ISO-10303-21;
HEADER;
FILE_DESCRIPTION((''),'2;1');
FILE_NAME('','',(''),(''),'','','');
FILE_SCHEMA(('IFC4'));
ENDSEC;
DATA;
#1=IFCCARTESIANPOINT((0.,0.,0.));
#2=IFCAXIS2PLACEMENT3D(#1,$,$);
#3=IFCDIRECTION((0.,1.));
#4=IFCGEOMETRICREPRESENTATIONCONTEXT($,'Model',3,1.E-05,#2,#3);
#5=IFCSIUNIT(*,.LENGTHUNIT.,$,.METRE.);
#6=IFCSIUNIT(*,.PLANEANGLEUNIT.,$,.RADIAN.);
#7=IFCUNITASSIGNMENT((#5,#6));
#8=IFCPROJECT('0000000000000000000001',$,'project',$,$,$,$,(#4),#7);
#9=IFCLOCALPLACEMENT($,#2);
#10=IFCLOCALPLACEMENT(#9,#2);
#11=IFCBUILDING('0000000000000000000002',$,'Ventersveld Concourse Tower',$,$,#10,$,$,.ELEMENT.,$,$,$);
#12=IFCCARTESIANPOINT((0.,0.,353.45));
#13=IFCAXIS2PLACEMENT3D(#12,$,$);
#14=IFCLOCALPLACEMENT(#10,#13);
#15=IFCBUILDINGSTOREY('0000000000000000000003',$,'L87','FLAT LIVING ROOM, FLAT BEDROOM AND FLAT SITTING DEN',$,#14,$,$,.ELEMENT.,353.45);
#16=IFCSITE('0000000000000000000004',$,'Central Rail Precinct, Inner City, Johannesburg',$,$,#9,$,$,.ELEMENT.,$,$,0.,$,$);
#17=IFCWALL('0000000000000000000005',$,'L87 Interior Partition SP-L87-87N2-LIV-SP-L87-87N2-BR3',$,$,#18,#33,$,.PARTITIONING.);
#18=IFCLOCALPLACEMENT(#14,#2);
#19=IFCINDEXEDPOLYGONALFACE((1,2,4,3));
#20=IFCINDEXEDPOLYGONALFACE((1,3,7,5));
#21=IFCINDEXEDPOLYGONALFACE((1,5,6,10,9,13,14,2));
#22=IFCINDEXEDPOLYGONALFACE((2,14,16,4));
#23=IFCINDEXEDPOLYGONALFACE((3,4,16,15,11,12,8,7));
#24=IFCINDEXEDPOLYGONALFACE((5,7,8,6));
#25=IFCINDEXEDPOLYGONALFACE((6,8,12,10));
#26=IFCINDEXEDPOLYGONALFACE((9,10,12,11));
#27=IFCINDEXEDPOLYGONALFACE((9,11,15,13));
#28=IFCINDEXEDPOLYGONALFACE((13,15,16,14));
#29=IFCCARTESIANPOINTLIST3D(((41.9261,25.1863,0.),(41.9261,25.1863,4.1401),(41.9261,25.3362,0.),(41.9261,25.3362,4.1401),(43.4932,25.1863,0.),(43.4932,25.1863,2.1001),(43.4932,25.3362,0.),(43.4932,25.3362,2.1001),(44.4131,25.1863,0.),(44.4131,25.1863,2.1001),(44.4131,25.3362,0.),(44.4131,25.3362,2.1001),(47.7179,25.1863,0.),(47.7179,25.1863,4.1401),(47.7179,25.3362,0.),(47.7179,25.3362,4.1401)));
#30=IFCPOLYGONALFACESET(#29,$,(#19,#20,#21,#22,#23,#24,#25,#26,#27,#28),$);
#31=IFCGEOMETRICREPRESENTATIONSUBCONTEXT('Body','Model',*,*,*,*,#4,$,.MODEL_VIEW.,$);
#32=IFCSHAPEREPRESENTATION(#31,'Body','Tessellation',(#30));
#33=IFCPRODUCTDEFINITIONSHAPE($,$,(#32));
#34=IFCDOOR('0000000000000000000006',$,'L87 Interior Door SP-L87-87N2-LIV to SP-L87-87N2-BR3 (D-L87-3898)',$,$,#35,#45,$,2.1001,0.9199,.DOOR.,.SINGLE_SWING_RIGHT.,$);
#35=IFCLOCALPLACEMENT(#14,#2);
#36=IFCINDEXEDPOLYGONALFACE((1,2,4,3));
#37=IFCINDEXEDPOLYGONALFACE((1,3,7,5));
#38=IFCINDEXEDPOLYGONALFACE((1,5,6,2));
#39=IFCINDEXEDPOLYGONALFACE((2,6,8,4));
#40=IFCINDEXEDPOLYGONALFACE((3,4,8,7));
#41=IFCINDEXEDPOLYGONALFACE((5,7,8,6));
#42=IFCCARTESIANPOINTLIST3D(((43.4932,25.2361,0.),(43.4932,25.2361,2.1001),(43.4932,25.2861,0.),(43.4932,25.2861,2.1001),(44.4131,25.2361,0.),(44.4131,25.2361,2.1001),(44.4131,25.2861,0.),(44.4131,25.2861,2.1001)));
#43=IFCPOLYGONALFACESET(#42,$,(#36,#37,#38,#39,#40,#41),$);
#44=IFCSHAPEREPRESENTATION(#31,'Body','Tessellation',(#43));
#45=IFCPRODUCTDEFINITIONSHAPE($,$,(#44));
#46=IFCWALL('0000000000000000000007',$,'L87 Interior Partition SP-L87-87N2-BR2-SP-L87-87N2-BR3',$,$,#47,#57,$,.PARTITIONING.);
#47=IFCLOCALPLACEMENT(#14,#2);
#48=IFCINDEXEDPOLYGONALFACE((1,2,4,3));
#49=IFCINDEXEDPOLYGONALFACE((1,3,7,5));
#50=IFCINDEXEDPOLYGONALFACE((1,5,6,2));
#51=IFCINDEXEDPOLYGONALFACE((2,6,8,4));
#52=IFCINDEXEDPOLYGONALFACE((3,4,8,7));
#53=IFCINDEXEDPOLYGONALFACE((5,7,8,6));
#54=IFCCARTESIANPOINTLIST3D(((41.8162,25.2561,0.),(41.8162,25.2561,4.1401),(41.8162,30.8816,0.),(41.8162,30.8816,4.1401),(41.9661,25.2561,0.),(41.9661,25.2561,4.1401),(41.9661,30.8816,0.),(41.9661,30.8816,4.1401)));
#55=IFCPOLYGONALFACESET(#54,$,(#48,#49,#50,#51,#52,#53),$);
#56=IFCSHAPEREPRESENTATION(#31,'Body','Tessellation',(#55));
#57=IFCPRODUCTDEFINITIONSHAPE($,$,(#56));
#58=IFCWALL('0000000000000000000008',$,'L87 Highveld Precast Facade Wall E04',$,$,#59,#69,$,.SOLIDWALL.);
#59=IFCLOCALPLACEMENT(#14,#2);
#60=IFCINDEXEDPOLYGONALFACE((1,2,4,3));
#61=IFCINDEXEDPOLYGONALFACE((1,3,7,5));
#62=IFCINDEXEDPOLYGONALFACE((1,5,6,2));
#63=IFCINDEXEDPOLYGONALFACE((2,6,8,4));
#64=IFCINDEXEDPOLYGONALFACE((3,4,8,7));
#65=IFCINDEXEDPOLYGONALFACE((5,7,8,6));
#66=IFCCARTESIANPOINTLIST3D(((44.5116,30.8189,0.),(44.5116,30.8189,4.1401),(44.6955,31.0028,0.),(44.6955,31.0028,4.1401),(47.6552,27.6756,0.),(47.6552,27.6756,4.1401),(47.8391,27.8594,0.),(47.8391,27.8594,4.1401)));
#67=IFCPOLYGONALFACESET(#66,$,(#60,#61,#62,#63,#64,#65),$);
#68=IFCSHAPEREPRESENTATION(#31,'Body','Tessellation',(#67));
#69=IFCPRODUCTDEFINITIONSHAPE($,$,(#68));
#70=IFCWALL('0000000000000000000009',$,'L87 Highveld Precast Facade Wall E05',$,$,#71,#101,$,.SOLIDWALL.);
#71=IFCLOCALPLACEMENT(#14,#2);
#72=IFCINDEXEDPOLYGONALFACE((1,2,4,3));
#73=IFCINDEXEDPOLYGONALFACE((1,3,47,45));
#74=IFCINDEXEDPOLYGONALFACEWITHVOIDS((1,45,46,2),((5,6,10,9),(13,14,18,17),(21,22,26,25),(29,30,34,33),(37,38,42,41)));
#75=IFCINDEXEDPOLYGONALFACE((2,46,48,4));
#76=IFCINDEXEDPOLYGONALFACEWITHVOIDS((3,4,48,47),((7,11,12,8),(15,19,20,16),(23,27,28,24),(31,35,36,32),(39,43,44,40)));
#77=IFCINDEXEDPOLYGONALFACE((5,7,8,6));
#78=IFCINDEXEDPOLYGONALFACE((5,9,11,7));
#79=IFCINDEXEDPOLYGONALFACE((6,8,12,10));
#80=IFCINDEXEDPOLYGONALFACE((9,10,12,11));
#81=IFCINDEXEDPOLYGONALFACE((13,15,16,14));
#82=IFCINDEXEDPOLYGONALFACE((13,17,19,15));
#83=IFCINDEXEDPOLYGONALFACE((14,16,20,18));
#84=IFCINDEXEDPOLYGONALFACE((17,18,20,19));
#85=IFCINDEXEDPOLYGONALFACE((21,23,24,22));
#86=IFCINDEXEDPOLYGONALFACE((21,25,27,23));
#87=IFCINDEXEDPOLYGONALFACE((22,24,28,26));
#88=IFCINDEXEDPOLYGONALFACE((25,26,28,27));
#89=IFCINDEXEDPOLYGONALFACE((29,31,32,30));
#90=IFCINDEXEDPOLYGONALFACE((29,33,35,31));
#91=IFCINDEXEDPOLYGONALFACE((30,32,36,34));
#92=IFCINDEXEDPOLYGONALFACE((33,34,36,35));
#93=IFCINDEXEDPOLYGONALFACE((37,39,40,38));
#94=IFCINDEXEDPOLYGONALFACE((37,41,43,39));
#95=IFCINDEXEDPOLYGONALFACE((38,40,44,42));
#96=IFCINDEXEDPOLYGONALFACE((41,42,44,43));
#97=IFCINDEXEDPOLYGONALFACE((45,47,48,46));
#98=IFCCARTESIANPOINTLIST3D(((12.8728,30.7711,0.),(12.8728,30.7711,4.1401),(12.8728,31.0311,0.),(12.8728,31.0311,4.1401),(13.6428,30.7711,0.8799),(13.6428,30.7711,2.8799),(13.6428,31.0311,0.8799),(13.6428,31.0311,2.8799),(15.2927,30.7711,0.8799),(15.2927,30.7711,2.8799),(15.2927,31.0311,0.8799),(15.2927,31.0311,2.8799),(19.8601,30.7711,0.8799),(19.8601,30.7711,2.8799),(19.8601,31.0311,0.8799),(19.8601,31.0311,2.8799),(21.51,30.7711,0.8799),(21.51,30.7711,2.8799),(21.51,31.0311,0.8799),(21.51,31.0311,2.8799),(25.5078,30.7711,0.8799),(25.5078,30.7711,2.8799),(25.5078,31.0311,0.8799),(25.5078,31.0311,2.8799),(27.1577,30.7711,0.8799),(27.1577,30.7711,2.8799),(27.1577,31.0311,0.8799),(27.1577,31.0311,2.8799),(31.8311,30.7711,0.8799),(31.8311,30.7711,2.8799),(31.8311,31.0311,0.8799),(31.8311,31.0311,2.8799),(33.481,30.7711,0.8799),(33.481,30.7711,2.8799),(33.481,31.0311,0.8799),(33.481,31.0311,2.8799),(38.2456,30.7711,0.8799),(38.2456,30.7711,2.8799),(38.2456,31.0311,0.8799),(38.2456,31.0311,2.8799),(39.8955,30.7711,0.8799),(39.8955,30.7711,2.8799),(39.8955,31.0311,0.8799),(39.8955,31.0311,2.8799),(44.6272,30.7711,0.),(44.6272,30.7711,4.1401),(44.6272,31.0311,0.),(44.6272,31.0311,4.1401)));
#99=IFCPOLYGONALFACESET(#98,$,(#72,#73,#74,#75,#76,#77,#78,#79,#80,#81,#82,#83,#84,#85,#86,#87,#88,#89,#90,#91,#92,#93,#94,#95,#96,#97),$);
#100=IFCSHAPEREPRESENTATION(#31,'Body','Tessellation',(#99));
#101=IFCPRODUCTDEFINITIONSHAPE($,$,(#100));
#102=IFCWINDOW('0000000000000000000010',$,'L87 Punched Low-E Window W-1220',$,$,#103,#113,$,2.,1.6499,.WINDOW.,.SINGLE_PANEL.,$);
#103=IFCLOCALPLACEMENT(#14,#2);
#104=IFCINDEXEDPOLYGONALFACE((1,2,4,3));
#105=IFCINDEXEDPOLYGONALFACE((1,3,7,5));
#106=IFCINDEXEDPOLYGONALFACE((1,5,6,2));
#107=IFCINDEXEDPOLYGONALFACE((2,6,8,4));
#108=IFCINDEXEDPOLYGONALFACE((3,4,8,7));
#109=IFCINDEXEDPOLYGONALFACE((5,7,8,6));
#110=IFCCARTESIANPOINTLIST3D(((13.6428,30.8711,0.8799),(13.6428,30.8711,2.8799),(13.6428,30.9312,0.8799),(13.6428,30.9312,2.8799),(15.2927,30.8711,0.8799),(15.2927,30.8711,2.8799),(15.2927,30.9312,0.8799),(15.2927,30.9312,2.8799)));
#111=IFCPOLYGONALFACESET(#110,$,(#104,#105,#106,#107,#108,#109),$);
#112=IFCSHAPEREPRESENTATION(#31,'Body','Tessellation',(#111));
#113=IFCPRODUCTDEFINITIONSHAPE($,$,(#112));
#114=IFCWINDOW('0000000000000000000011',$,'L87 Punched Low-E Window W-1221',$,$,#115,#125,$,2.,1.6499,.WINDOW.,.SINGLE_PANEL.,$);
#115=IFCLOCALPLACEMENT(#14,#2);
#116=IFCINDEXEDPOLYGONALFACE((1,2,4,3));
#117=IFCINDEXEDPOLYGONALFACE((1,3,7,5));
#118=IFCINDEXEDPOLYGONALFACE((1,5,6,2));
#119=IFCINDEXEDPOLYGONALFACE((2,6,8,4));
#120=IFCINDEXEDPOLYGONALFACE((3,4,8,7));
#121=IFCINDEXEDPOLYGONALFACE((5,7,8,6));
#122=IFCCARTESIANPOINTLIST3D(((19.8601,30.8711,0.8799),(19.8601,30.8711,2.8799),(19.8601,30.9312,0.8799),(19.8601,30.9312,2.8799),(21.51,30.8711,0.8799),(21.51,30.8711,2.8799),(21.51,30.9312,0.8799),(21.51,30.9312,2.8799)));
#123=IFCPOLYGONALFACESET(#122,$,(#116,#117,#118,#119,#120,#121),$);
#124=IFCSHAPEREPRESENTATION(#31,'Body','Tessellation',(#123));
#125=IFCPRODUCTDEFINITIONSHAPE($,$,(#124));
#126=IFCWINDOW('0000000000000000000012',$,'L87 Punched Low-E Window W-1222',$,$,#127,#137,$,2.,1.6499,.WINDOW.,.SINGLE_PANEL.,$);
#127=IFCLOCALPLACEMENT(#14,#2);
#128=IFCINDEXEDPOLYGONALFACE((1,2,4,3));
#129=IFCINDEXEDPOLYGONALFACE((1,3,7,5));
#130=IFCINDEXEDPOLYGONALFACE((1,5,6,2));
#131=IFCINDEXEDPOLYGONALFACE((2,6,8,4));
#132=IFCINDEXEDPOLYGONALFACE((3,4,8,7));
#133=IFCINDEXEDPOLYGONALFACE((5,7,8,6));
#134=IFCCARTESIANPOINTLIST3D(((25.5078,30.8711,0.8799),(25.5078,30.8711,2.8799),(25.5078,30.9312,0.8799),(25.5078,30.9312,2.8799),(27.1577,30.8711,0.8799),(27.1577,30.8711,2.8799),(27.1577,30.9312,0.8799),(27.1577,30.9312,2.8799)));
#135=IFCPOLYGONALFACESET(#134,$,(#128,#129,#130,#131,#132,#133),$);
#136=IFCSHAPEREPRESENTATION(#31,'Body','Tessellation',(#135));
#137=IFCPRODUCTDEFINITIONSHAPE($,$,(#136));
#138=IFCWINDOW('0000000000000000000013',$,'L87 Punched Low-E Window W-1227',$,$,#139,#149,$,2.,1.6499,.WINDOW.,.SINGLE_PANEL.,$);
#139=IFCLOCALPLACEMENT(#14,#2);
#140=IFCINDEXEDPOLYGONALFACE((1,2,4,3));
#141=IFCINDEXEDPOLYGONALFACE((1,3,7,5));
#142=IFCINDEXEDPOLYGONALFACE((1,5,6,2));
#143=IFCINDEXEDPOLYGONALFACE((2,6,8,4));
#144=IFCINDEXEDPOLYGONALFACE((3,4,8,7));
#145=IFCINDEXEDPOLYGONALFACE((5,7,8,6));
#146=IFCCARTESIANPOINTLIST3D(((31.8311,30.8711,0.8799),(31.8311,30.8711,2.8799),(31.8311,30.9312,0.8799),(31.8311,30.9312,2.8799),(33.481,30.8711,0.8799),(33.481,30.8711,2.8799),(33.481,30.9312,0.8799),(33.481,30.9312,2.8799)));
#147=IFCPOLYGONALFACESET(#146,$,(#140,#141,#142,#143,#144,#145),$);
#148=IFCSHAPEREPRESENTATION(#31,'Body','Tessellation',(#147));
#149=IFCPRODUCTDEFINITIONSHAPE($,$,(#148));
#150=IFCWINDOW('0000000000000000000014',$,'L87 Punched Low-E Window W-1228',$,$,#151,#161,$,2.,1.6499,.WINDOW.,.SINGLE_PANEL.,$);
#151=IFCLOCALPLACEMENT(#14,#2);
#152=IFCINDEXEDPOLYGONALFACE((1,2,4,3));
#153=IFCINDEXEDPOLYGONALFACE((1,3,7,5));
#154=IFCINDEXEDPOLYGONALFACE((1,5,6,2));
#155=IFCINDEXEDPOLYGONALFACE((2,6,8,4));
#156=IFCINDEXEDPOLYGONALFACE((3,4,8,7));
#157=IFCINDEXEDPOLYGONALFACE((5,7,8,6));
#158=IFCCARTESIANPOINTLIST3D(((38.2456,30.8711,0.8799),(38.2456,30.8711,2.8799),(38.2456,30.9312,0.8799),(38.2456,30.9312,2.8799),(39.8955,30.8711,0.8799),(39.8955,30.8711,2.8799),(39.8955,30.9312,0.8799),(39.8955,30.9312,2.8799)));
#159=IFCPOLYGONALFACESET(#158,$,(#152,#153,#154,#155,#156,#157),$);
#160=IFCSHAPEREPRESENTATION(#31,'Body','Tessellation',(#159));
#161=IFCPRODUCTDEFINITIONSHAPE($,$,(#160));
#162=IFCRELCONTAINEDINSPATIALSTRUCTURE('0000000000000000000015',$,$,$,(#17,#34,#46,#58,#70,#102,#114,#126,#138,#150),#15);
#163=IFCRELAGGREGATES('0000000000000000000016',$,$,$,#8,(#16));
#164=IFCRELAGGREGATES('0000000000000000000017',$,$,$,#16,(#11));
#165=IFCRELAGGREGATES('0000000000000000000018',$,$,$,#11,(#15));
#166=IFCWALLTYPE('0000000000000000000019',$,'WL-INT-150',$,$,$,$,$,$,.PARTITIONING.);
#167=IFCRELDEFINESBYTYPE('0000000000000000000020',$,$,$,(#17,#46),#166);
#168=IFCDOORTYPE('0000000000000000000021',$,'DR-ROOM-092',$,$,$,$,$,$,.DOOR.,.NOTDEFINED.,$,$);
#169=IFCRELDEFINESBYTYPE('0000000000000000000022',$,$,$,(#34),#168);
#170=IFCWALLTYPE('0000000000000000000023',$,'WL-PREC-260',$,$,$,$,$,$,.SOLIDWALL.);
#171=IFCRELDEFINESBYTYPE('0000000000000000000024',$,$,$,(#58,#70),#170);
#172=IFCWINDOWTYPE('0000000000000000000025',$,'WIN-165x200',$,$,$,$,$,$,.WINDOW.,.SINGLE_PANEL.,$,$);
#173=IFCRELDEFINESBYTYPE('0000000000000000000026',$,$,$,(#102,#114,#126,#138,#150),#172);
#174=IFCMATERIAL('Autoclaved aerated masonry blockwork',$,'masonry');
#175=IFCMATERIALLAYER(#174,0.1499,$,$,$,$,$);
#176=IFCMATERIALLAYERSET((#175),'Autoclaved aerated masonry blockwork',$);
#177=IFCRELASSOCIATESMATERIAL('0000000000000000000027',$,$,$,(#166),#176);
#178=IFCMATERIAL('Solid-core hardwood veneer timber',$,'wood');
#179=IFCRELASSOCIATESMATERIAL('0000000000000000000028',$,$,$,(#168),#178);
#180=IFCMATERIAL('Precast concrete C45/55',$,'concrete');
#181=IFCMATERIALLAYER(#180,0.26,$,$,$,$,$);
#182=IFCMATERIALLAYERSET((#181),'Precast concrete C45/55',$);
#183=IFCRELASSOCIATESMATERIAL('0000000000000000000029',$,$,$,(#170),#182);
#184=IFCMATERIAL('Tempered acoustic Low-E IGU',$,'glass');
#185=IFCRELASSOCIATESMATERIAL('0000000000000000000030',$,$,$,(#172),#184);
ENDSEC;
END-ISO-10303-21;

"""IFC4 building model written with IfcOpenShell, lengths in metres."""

from ifc_helpers import new_model, si_unit, direction, frame, frame_2d, origin, place, context, subcontext, project, spatial, rectangle, extrude, material, layer, layer_set, type_object, element, fill, save


model = new_model("IFC4")

# Units and contexts
model_context = context("Model", 3, precision=1e-05, world=origin(), true_north=direction((0.0, 1.0)))
body_context = subcontext(model_context, "Body", "Model", "MODEL_VIEW")
ifc_project = project(units=[si_unit("LENGTHUNIT", "METRE"), si_unit("PLANEANGLEUNIT", "RADIAN")], contexts=[model_context])

# Site, building, storey
site_placement = place(None, origin())
site = spatial("IfcSite", under=ifc_project, at=site_placement, Name="Central Rail Precinct, Inner City, Johannesburg", CompositionType="ELEMENT", RefElevation=0.0)
building_placement = place(site_placement, origin())
building = spatial("IfcBuilding", under=site, at=building_placement, Name="Ventersveld Concourse Tower", CompositionType="ELEMENT")
storey_placement = place(building_placement, frame((0.0, 0.0, 353.45)))
storey = spatial("IfcBuildingStorey", under=building, at=storey_placement, Name="L87", Description="FLAT LIVING ROOM, FLAT BEDROOM AND FLAT SITTING DEN", CompositionType="ELEMENT", Elevation=353.45)

# Wall, opening, door
ifc_material_1 = material(Name="Autoclaved aerated masonry blockwork", Category="masonry")
ifc_layer_1 = layer(ifc_material_1, 0.1499)
ifc_layer_set_1 = layer_set([ifc_layer_1], Name="Autoclaved aerated masonry blockwork")
wall_type_1 = type_object("IfcWallType", Name="WL-INT-150", PredefinedType="PARTITIONING", material=ifc_layer_set_1)
ifc_material_2 = material(Name="Solid-core hardwood veneer timber", Category="wood")
door_type = type_object("IfcDoorType", Name="DR-ROOM-092", OperationType="NOTDEFINED", PredefinedType="DOOR", material=ifc_material_2)
wall_1_placement = place(storey_placement, frame((41.926, 25.2612, 0.0), z_axis=(0.0, 0.0, 1.0), x_axis=(1.0, 0.0, 0.0)))
wall_1 = element("IfcWall", 1, at=wall_1_placement, inside=storey, type_object=wall_type_1, Name="L87 Interior Partition SP-L87-87N2-LIV-SP-L87-87N2-BR3", PredefinedType="PARTITIONING", context=body_context, shape_type="SweptSolid", body=[
    extrude(rectangle(XDim=5.7917, YDim=0.1499, at=frame_2d((2.896, 0.0))), origin(), (0.0, 0.0, 1.0), 4.1401),
])
opening_1_placement = place(wall_1_placement, frame((1.5671, 0.0, 0.0)))
opening_1 = element("IfcOpeningElement", 2, at=opening_1_placement, cuts=wall_1, PredefinedType="OPENING", context=body_context, shape_type="SweptSolid", body=[
    extrude(rectangle(XDim=0.9199, YDim=2.1001, at=frame_2d((0.46, 1.05))), frame((0.0, 0.085, 0.0), z_axis=(0.0, -1.0, 0.0), x_axis=(1.0, 0.0, 0.0)), (0.0, 0.0, 1.0), 0.1699),
])
door_1_placement = place(opening_1_placement, origin())
door_1 = element("IfcDoor", 3, at=door_1_placement, inside=storey, type_object=door_type, Name="L87 Interior Door SP-L87-87N2-LIV to SP-L87-87N2-BR3 (D-L87-3898)", OperationType="SINGLE_SWING_RIGHT", OverallHeight=2.1001, OverallWidth=0.9199, PredefinedType="DOOR", context=body_context, shape_type="SweptSolid", body=[
    extrude(rectangle(XDim=0.9199, YDim=2.1001, at=frame_2d((0.46, 1.05))), frame((0.0, 0.0249, 0.0), z_axis=(0.0, -1.0, 0.0), x_axis=(1.0, 0.0, 0.0)), (0.0, 0.0, 1.0), 0.05),
])
fill(opening_1, door_1)

# Walls
wall_2_placement = place(storey_placement, frame((41.8911, 25.2561, 0.0), z_axis=(0.0, 0.0, 1.0), x_axis=(0.0, 1.0, 0.0)))
element("IfcWall", 4, at=wall_2_placement, inside=storey, type_object=wall_type_1, Name="L87 Interior Partition SP-L87-87N2-BR2-SP-L87-87N2-BR3", PredefinedType="PARTITIONING", context=body_context, shape_type="SweptSolid", body=[
    extrude(rectangle(XDim=5.6255, YDim=0.1499, at=frame_2d((2.8127, 0.0))), origin(), (0.0, 0.0, 1.0), 4.1401),
])
ifc_material_3 = material(Name="Precast concrete C45/55", Category="concrete")
ifc_layer_2 = layer(ifc_material_3, 0.26)
ifc_layer_set_2 = layer_set([ifc_layer_2], Name="Precast concrete C45/55")
wall_type_2 = type_object("IfcWallType", Name="WL-PREC-260", PredefinedType="SOLIDWALL", material=ifc_layer_set_2)
wall_3_placement = place(storey_placement, frame((47.7471, 27.7676, 0.0), z_axis=(0.0, 0.0, 1.0), x_axis=(-0.707134, 0.707079, 0.0)))
element("IfcWall", 5, at=wall_3_placement, inside=storey, type_object=wall_type_2, Name="L87 Highveld Precast Facade Wall E04", PredefinedType="SOLIDWALL", context=body_context, shape_type="SweptSolid", body=[
    extrude(rectangle(XDim=4.4456, YDim=0.26, at=frame_2d((2.2227, 0.0))), origin(), (0.0, 0.0, 1.0), 4.1401),
])

# Wall, openings, windows
wall_4_placement = place(storey_placement, frame((44.6272, 30.9011, 0.0), z_axis=(0.0, 0.0, 1.0), x_axis=(-1.0, 0.0, 0.0)))
wall_4 = element("IfcWall", 6, at=wall_4_placement, inside=storey, type_object=wall_type_2, Name="L87 Highveld Precast Facade Wall E05", PredefinedType="SOLIDWALL", context=body_context, shape_type="SweptSolid", body=[
    extrude(rectangle(XDim=31.7544, YDim=0.26, at=frame_2d((15.8772, 0.0))), origin(), (0.0, 0.0, 1.0), 4.1401),
])
opening_2_placement = place(wall_4_placement, frame((29.3345, 0.0, 0.8799)))
opening_2 = element("IfcOpeningElement", 7, at=opening_2_placement, cuts=wall_4, PredefinedType="OPENING", context=body_context, shape_type="SweptSolid", body=[
    extrude(rectangle(XDim=1.6499, YDim=2.0, at=frame_2d((0.825, 1.0))), frame((0.0, 0.1401, 0.0), z_axis=(0.0, -1.0, 0.0), x_axis=(1.0, 0.0, 0.0)), (0.0, 0.0, 1.0), 0.28),
])
opening_3_placement = place(wall_4_placement, frame((23.1172, 0.0, 0.8799)))
opening_3 = element("IfcOpeningElement", 8, at=opening_3_placement, cuts=wall_4, PredefinedType="OPENING", context=body_context, shape_type="SweptSolid", body=[
    extrude(rectangle(XDim=1.6499, YDim=2.0, at=frame_2d((0.825, 1.0))), frame((0.0, 0.1401, 0.0), z_axis=(0.0, -1.0, 0.0), x_axis=(1.0, 0.0, 0.0)), (0.0, 0.0, 1.0), 0.28),
])
opening_4_placement = place(wall_4_placement, frame((17.4695, 0.0, 0.8799)))
opening_4 = element("IfcOpeningElement", 9, at=opening_4_placement, cuts=wall_4, PredefinedType="OPENING", context=body_context, shape_type="SweptSolid", body=[
    extrude(rectangle(XDim=1.6499, YDim=2.0, at=frame_2d((0.825, 1.0))), frame((0.0, 0.1401, 0.0), z_axis=(0.0, -1.0, 0.0), x_axis=(1.0, 0.0, 0.0)), (0.0, 0.0, 1.0), 0.28),
])
opening_5_placement = place(wall_4_placement, frame((11.1462, 0.0, 0.8799)))
opening_5 = element("IfcOpeningElement", 10, at=opening_5_placement, cuts=wall_4, PredefinedType="OPENING", context=body_context, shape_type="SweptSolid", body=[
    extrude(rectangle(XDim=1.6499, YDim=2.0, at=frame_2d((0.825, 1.0))), frame((0.0, 0.1401, 0.0), z_axis=(0.0, -1.0, 0.0), x_axis=(1.0, 0.0, 0.0)), (0.0, 0.0, 1.0), 0.28),
])
opening_6_placement = place(wall_4_placement, frame((4.7317, 0.0, 0.8799)))
opening_6 = element("IfcOpeningElement", 11, at=opening_6_placement, cuts=wall_4, PredefinedType="OPENING", context=body_context, shape_type="SweptSolid", body=[
    extrude(rectangle(XDim=1.6499, YDim=2.0, at=frame_2d((0.825, 1.0))), frame((0.0, 0.1401, 0.0), z_axis=(0.0, -1.0, 0.0), x_axis=(1.0, 0.0, 0.0)), (0.0, 0.0, 1.0), 0.28),
])
ifc_material_4 = material(Name="Tempered acoustic Low-E IGU", Category="glass")
window_type = type_object("IfcWindowType", Name="WIN-165x200", PartitioningType="SINGLE_PANEL", PredefinedType="WINDOW", material=ifc_material_4)
window_1_placement = place(opening_2_placement, origin())
window_1 = element("IfcWindow", 12, at=window_1_placement, inside=storey, type_object=window_type, Name="L87 Punched Low-E Window W-1220", OverallHeight=2.0, OverallWidth=1.6499, PartitioningType="SINGLE_PANEL", PredefinedType="WINDOW", context=body_context, shape_type="SweptSolid", body=[
    extrude(rectangle(XDim=1.6499, YDim=2.0, at=frame_2d((0.825, 1.0))), frame((0.0, 0.03, 0.0), z_axis=(0.0, -1.0, 0.0), x_axis=(1.0, 0.0, 0.0)), (0.0, 0.0, 1.0), 0.0601),
])
fill(opening_2, window_1)
window_2_placement = place(opening_3_placement, origin())
window_2 = element("IfcWindow", 13, at=window_2_placement, inside=storey, type_object=window_type, Name="L87 Punched Low-E Window W-1221", OverallHeight=2.0, OverallWidth=1.6499, PartitioningType="SINGLE_PANEL", PredefinedType="WINDOW", context=body_context, shape_type="SweptSolid", body=[
    extrude(rectangle(XDim=1.6499, YDim=2.0, at=frame_2d((0.825, 1.0))), frame((0.0, 0.03, 0.0), z_axis=(0.0, -1.0, 0.0), x_axis=(1.0, 0.0, 0.0)), (0.0, 0.0, 1.0), 0.0601),
])
fill(opening_3, window_2)
window_3_placement = place(opening_4_placement, origin())
window_3 = element("IfcWindow", 14, at=window_3_placement, inside=storey, type_object=window_type, Name="L87 Punched Low-E Window W-1222", OverallHeight=2.0, OverallWidth=1.6499, PartitioningType="SINGLE_PANEL", PredefinedType="WINDOW", context=body_context, shape_type="SweptSolid", body=[
    extrude(rectangle(XDim=1.6499, YDim=2.0, at=frame_2d((0.825, 1.0))), frame((0.0, 0.03, 0.0), z_axis=(0.0, -1.0, 0.0), x_axis=(1.0, 0.0, 0.0)), (0.0, 0.0, 1.0), 0.0601),
])
fill(opening_4, window_3)
window_4_placement = place(opening_5_placement, origin())
window_4 = element("IfcWindow", 15, at=window_4_placement, inside=storey, type_object=window_type, Name="L87 Punched Low-E Window W-1227", OverallHeight=2.0, OverallWidth=1.6499, PartitioningType="SINGLE_PANEL", PredefinedType="WINDOW", context=body_context, shape_type="SweptSolid", body=[
    extrude(rectangle(XDim=1.6499, YDim=2.0, at=frame_2d((0.825, 1.0))), frame((0.0, 0.03, 0.0), z_axis=(0.0, -1.0, 0.0), x_axis=(1.0, 0.0, 0.0)), (0.0, 0.0, 1.0), 0.0601),
])
fill(opening_5, window_4)
window_5_placement = place(opening_6_placement, origin())
window_5 = element("IfcWindow", 16, at=window_5_placement, inside=storey, type_object=window_type, Name="L87 Punched Low-E Window W-1228", OverallHeight=2.0, OverallWidth=1.6499, PartitioningType="SINGLE_PANEL", PredefinedType="WINDOW", context=body_context, shape_type="SweptSolid", body=[
    extrude(rectangle(XDim=1.6499, YDim=2.0, at=frame_2d((0.825, 1.0))), frame((0.0, 0.03, 0.0), z_axis=(0.0, -1.0, 0.0), x_axis=(1.0, 0.0, 0.0)), (0.0, 0.0, 1.0), 0.0601),
])
fill(opening_6, window_5)

save(model, "model.ifc")
